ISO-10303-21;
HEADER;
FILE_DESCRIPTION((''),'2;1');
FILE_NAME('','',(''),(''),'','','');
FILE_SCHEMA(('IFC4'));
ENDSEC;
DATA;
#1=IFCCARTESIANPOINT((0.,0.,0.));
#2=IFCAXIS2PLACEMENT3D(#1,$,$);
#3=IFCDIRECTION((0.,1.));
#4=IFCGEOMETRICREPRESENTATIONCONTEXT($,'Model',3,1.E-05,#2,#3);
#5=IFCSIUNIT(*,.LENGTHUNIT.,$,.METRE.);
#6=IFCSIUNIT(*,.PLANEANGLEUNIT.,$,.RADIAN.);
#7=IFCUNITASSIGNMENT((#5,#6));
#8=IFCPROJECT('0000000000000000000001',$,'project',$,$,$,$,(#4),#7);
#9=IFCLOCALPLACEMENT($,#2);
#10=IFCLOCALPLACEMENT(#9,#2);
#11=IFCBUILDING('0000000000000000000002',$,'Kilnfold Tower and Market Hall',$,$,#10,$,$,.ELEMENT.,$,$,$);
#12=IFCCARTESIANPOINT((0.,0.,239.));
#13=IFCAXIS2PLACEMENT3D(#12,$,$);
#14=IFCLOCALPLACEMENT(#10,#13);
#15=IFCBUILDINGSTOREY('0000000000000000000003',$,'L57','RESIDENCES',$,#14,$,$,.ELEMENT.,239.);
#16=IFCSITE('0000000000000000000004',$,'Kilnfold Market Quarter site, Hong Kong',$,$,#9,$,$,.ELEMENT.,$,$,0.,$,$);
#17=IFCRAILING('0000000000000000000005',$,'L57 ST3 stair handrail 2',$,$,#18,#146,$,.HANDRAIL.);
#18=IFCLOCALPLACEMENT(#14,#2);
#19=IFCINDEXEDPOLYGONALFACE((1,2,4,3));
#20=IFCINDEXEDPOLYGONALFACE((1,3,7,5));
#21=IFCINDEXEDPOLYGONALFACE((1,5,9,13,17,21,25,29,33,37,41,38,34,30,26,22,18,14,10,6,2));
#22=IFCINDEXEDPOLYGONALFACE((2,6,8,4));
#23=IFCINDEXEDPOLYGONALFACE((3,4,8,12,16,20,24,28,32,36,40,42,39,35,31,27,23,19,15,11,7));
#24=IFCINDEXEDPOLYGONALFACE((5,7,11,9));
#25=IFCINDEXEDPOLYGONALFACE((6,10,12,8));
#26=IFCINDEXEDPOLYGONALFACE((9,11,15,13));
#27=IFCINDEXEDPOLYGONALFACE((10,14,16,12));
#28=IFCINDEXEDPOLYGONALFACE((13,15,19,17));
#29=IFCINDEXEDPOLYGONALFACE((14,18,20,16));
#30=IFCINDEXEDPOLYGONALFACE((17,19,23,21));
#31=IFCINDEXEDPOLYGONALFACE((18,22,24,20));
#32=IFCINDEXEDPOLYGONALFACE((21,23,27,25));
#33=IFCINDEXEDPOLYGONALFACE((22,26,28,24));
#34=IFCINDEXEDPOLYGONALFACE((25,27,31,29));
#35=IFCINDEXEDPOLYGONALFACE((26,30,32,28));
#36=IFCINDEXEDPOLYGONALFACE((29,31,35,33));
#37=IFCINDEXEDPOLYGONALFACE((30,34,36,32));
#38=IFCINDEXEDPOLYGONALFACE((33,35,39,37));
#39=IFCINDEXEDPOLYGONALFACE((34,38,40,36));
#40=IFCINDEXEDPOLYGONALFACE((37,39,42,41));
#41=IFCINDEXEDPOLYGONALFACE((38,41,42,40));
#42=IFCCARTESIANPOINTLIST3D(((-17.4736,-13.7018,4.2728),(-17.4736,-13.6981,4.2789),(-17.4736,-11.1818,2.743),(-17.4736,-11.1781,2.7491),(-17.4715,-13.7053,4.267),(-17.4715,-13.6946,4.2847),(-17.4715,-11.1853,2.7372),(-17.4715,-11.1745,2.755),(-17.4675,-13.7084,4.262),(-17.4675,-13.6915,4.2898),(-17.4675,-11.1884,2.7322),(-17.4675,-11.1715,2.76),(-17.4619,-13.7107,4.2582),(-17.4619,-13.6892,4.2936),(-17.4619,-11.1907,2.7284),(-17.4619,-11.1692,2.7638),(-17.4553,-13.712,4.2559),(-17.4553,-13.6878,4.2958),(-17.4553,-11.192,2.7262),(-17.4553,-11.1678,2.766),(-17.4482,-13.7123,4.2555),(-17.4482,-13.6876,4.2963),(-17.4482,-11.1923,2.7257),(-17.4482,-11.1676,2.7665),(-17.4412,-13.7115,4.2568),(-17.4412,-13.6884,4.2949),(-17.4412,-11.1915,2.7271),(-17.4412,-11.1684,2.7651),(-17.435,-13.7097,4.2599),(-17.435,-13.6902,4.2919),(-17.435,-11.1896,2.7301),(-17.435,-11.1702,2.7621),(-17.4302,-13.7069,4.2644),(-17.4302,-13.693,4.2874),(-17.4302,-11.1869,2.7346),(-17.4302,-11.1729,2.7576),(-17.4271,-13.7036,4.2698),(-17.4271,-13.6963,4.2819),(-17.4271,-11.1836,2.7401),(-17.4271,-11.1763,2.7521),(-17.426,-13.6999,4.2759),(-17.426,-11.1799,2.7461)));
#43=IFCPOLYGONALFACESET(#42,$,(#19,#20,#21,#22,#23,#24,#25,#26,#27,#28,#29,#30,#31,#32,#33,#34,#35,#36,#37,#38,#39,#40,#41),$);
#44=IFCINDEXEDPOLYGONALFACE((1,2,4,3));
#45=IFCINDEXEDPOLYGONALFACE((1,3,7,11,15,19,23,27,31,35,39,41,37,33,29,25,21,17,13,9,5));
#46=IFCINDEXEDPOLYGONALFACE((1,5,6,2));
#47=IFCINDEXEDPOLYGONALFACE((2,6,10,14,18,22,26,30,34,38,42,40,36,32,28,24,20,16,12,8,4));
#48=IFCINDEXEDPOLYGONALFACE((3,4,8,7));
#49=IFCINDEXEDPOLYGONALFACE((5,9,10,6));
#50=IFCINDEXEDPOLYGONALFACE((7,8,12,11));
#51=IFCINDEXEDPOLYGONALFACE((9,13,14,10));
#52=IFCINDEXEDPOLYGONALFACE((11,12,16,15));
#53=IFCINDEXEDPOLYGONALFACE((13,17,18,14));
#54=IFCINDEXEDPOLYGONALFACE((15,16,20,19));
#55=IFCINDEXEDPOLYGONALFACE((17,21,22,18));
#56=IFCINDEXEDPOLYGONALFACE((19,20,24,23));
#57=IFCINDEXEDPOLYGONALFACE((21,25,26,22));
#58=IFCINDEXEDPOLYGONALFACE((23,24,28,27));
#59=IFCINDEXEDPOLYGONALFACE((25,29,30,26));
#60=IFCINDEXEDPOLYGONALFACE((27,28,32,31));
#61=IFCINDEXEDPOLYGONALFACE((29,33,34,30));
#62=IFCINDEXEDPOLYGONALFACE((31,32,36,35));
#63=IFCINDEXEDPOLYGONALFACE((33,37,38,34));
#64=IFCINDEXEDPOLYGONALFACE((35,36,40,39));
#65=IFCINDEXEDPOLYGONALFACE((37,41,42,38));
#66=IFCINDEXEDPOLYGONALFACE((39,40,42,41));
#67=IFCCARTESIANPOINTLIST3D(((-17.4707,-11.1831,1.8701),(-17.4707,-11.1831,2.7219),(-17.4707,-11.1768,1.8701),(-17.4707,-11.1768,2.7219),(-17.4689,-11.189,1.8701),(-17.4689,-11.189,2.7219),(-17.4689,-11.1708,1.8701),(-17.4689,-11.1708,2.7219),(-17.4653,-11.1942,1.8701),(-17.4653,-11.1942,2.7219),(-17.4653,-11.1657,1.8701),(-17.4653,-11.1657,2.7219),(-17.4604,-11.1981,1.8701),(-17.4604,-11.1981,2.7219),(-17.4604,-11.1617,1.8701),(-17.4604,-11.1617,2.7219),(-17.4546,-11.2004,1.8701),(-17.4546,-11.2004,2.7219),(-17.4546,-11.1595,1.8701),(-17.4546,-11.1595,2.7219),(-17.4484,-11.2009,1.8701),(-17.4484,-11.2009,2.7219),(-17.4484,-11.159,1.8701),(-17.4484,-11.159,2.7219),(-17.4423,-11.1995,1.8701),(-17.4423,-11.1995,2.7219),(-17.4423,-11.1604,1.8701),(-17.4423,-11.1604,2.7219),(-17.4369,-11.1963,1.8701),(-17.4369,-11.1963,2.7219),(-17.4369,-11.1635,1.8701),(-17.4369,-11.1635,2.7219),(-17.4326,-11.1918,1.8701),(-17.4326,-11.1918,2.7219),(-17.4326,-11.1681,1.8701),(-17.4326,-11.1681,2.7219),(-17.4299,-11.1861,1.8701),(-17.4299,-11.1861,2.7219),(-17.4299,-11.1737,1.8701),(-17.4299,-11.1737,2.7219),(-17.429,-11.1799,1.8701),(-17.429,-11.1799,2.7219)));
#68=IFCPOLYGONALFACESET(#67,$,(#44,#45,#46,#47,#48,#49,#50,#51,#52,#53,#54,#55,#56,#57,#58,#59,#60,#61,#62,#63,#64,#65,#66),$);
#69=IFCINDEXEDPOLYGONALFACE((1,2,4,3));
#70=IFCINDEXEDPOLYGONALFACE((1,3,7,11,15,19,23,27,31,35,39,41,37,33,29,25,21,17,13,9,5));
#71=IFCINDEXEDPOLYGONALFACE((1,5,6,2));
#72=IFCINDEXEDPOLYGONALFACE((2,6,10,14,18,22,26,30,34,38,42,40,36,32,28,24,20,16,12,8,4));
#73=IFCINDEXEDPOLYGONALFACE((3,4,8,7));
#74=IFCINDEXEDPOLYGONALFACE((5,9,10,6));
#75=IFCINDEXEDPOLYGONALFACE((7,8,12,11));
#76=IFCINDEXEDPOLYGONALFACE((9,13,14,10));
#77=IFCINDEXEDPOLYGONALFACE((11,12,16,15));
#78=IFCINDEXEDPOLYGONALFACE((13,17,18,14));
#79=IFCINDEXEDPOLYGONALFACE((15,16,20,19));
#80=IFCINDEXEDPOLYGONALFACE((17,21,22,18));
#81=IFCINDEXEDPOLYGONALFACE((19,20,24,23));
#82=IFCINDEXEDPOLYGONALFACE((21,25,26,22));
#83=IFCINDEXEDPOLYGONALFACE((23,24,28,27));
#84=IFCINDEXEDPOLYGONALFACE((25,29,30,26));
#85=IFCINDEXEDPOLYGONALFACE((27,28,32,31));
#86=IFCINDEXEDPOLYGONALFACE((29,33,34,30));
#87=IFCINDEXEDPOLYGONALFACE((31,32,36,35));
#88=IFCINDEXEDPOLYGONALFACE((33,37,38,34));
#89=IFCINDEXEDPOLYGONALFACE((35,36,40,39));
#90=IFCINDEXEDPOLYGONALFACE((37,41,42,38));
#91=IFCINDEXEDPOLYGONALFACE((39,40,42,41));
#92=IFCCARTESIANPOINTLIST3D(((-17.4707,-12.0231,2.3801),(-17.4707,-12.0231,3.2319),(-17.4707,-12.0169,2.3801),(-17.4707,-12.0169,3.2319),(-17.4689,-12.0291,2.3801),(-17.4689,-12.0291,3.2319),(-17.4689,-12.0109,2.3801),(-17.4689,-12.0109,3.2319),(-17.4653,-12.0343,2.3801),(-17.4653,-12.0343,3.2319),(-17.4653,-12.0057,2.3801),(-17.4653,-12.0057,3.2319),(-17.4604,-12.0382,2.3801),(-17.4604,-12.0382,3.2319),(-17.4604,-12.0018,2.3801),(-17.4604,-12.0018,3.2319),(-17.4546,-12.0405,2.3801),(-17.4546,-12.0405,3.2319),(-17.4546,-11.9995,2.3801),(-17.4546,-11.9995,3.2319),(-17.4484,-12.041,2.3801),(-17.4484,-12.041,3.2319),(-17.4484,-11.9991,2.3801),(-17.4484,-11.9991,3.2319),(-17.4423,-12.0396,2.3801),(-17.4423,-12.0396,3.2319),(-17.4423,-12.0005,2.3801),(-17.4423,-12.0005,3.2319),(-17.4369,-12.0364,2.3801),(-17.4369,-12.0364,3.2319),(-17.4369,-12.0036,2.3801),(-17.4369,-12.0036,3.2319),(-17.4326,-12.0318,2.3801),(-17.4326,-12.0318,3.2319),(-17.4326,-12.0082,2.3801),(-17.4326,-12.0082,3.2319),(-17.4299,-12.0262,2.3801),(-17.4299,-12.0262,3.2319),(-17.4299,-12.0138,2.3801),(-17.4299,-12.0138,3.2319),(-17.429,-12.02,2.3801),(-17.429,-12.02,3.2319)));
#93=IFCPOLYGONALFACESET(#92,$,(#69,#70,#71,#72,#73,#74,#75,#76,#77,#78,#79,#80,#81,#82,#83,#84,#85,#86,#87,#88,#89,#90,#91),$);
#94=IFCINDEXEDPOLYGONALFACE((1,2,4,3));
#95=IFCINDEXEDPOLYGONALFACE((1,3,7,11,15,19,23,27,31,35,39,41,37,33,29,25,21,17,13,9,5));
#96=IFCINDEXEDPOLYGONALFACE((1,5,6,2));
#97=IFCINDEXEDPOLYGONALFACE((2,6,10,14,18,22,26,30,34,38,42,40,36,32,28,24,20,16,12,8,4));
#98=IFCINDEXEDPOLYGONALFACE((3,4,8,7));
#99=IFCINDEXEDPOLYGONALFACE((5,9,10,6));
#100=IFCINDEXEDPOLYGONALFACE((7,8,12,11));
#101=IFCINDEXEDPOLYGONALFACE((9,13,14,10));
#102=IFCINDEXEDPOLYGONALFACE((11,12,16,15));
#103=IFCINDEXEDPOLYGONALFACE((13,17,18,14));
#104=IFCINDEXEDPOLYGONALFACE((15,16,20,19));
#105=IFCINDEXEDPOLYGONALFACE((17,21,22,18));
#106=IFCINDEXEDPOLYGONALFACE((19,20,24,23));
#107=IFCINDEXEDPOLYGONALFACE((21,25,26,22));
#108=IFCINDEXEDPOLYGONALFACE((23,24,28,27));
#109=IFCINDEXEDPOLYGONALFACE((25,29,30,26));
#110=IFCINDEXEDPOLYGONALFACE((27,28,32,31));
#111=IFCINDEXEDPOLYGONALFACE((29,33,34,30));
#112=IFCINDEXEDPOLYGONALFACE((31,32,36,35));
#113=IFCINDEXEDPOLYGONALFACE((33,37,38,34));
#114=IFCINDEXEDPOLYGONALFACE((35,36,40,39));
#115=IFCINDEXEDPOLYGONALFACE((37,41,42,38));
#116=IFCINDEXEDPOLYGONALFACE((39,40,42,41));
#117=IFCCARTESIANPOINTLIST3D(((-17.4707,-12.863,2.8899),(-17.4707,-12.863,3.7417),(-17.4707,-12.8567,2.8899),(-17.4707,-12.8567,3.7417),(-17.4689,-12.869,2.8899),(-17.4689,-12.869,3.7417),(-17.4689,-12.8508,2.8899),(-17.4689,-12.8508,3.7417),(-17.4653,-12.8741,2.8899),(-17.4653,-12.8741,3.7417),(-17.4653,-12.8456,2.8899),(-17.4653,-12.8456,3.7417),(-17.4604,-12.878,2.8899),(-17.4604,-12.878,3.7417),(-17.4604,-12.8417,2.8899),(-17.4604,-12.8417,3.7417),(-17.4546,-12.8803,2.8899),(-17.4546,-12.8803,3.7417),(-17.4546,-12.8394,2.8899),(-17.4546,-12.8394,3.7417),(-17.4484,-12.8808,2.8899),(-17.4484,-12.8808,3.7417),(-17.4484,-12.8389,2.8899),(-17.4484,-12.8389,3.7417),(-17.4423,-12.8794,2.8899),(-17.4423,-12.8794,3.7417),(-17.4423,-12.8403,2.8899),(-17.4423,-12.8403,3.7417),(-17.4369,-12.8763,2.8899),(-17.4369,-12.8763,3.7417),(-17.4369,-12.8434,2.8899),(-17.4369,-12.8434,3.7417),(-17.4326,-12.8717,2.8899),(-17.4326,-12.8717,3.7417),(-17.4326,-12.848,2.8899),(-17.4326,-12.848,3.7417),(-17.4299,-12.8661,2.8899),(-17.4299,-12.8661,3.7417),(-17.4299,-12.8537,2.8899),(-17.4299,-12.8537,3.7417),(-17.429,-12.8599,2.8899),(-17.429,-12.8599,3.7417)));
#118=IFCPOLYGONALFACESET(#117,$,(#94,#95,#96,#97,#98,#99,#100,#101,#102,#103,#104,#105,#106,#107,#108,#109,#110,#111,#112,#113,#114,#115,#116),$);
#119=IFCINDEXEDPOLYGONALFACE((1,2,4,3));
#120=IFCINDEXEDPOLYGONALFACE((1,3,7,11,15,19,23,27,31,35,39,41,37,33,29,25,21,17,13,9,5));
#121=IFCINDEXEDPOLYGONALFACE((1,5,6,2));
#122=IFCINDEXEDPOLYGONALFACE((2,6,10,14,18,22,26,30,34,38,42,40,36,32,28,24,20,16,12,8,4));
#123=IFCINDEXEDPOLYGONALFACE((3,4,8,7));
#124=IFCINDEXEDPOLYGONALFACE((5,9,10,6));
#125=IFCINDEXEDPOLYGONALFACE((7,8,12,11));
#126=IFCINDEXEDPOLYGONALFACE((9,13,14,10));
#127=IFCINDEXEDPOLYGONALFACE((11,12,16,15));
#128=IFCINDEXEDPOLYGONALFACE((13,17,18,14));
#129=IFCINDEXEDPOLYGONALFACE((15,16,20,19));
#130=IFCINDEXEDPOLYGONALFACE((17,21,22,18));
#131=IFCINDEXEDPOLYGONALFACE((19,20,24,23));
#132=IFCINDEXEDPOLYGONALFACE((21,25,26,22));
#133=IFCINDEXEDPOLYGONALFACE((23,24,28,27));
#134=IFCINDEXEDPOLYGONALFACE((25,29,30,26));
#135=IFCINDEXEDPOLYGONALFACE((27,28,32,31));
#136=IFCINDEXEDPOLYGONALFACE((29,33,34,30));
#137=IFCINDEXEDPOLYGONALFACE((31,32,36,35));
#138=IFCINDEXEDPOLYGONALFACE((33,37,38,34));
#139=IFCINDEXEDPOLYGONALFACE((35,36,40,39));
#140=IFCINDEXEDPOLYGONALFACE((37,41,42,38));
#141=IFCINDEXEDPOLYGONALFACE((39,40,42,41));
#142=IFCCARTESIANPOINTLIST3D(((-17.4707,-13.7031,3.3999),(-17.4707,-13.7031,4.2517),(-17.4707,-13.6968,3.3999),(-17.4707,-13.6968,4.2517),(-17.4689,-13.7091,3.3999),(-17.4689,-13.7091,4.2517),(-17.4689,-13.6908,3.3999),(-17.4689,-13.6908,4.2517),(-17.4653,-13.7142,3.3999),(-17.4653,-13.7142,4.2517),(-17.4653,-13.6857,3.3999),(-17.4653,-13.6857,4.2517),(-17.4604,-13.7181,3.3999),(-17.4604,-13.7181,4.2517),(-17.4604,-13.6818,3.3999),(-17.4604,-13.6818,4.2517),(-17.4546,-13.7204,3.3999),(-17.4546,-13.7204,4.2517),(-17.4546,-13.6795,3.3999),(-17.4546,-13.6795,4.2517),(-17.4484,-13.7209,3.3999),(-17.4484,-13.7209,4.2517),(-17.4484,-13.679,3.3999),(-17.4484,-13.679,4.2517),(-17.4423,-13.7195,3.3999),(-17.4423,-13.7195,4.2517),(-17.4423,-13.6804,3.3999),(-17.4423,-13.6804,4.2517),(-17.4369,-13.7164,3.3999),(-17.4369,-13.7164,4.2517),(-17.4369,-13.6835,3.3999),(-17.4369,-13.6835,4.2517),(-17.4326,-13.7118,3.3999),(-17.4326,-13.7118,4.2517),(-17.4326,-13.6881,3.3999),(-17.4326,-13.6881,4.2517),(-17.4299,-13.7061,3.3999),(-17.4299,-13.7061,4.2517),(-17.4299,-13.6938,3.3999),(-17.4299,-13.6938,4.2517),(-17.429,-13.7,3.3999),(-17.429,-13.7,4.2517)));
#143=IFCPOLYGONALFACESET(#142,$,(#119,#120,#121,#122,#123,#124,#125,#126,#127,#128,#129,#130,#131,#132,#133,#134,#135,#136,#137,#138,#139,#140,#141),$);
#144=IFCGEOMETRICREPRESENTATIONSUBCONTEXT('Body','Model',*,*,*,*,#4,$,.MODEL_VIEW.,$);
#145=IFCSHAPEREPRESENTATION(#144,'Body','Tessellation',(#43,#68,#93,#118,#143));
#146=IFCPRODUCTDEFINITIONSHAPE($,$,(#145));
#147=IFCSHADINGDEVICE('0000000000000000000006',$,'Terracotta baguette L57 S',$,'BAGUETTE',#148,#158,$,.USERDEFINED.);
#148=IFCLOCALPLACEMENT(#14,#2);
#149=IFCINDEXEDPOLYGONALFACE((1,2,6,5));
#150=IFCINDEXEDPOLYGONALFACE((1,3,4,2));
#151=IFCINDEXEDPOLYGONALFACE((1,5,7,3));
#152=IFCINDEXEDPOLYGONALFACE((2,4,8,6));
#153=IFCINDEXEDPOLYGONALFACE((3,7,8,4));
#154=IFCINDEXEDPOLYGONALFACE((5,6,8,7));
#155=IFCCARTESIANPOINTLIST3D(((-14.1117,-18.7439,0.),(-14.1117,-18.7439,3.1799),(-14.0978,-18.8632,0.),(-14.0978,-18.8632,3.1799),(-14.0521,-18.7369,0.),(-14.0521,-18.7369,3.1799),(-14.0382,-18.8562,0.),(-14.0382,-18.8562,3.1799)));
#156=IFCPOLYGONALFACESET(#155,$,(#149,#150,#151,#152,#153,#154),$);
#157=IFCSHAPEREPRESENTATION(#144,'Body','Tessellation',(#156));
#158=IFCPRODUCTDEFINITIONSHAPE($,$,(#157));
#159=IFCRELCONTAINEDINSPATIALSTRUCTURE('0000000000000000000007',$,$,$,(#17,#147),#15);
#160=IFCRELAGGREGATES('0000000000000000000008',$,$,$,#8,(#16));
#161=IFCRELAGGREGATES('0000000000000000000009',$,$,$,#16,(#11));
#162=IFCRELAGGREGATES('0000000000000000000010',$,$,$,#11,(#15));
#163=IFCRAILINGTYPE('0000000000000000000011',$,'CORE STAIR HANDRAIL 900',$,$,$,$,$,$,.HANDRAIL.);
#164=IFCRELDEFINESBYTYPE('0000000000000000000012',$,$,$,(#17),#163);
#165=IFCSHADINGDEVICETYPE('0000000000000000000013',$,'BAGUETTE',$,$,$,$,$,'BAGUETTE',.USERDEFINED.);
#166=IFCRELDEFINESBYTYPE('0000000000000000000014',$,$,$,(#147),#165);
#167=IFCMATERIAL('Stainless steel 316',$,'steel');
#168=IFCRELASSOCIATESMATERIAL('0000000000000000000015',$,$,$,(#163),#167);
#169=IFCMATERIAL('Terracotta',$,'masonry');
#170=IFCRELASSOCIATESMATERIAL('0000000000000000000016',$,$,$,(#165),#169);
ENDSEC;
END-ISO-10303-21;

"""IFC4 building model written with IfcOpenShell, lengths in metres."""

from ifc_helpers import new_model, si_unit, direction, frame, origin, origin_2d, place, context, subcontext, project, spatial, rectangle, circle, extrude, source, transform, mapped, material, material_profile, profile_set, type_object, element, save


model = new_model("IFC4")

# Units and contexts
model_context = context("Model", 3, precision=1e-05, world=origin(), true_north=direction((0.0, 1.0)))
body_context = subcontext(model_context, "Body", "Model", "MODEL_VIEW")
ifc_project = project(units=[si_unit("LENGTHUNIT", "METRE"), si_unit("PLANEANGLEUNIT", "RADIAN")], contexts=[model_context])

# Site, building, storey
site_placement = place(None, origin())
site = spatial("IfcSite", under=ifc_project, at=site_placement, Name="Kilnfold Market Quarter site, Hong Kong", CompositionType="ELEMENT", RefElevation=0.0)
building_placement = place(site_placement, origin())
building = spatial("IfcBuilding", under=site, at=building_placement, Name="Kilnfold Tower and Market Hall", CompositionType="ELEMENT")
storey_placement = place(building_placement, frame((0.0, 0.0, 239.0)))
storey = spatial("IfcBuildingStorey", under=building, at=storey_placement, Name="L57", Description="RESIDENCES", CompositionType="ELEMENT", Elevation=239.0)

# Railing
ifc_material_1 = material(Name="Stainless steel 316", Category="steel")
railing_type_1 = type_object("IfcRailingType", Name="CORE STAIR HANDRAIL 900", PredefinedType="HANDRAIL", material=ifc_material_1)
railing_1_placement = place(storey_placement, frame((-17.45, -11.1799, 1.8701)))
element("IfcRailing", 1, at=railing_1_placement, inside=storey, type_object=railing_type_1, Name="L57 ST3 stair handrail 2", PredefinedType="HANDRAIL", context=body_context, shape_type="SweptSolid", body=[
    extrude(circle(Radius=0.0239, at=origin_2d()), frame((0.0, 0.0, 0.876), z_axis=(0.0, -0.854822, 0.518922), x_axis=(1.0, 0.0, 0.0)), (0.0, 0.0, 1.0), 2.948),
    extrude(circle(Radius=0.021, at=origin_2d()), origin(), (0.0, 0.0, 1.0), 0.8518),
    extrude(circle(Radius=0.021, at=origin_2d()), frame((0.0, -0.8401, 0.51)), (0.0, 0.0, 1.0), 0.8518),
    extrude(circle(Radius=0.021, at=origin_2d()), frame((0.0, -1.6799, 1.0198)), (0.0, 0.0, 1.0), 0.8518),
    extrude(circle(Radius=0.021, at=origin_2d()), frame((0.0, -2.52, 1.5298)), (0.0, 0.0, 1.0), 0.8518),
])

# Shading device
ifc_material_2 = material(Name="Terracotta", Category="masonry")
ifc_material_profile_1 = material_profile(ifc_material_2, rectangle(XDim=0.0601, YDim=0.1201, at=origin_2d()), Name="BAG 60x120")
ifc_profile_set_1 = profile_set([ifc_material_profile_1], Name="Terracotta")
shading_device_type = type_object("IfcShadingDeviceType", Name="BAGUETTE", ElementType="BAGUETTE", PredefinedType="USERDEFINED", material=ifc_profile_set_1)
shared_shape_1 = source(origin(), body_context, "Body", "SweptSolid", [
    extrude(rectangle(XDim=0.0601, YDim=0.1201, at=origin_2d()), origin(), (0.0, 0.0, 1.0), 3.1799),
])
shading_device_placement = place(storey_placement, frame((-14.075, -18.8, 0.0), z_axis=(0.0, 0.0, 1.0), x_axis=(0.993311, 0.115469, 0.0)))
element("IfcShadingDevice", 2, at=shading_device_placement, inside=storey, type_object=shading_device_type, Name="Terracotta baguette L57 S", ObjectType="BAGUETTE", PredefinedType="USERDEFINED", context=body_context, shape_type="MappedRepresentation", body=[
    mapped(shared_shape_1, transform((0.0, 0.0, 0.0))),
])

save(model, "model.ifc")
